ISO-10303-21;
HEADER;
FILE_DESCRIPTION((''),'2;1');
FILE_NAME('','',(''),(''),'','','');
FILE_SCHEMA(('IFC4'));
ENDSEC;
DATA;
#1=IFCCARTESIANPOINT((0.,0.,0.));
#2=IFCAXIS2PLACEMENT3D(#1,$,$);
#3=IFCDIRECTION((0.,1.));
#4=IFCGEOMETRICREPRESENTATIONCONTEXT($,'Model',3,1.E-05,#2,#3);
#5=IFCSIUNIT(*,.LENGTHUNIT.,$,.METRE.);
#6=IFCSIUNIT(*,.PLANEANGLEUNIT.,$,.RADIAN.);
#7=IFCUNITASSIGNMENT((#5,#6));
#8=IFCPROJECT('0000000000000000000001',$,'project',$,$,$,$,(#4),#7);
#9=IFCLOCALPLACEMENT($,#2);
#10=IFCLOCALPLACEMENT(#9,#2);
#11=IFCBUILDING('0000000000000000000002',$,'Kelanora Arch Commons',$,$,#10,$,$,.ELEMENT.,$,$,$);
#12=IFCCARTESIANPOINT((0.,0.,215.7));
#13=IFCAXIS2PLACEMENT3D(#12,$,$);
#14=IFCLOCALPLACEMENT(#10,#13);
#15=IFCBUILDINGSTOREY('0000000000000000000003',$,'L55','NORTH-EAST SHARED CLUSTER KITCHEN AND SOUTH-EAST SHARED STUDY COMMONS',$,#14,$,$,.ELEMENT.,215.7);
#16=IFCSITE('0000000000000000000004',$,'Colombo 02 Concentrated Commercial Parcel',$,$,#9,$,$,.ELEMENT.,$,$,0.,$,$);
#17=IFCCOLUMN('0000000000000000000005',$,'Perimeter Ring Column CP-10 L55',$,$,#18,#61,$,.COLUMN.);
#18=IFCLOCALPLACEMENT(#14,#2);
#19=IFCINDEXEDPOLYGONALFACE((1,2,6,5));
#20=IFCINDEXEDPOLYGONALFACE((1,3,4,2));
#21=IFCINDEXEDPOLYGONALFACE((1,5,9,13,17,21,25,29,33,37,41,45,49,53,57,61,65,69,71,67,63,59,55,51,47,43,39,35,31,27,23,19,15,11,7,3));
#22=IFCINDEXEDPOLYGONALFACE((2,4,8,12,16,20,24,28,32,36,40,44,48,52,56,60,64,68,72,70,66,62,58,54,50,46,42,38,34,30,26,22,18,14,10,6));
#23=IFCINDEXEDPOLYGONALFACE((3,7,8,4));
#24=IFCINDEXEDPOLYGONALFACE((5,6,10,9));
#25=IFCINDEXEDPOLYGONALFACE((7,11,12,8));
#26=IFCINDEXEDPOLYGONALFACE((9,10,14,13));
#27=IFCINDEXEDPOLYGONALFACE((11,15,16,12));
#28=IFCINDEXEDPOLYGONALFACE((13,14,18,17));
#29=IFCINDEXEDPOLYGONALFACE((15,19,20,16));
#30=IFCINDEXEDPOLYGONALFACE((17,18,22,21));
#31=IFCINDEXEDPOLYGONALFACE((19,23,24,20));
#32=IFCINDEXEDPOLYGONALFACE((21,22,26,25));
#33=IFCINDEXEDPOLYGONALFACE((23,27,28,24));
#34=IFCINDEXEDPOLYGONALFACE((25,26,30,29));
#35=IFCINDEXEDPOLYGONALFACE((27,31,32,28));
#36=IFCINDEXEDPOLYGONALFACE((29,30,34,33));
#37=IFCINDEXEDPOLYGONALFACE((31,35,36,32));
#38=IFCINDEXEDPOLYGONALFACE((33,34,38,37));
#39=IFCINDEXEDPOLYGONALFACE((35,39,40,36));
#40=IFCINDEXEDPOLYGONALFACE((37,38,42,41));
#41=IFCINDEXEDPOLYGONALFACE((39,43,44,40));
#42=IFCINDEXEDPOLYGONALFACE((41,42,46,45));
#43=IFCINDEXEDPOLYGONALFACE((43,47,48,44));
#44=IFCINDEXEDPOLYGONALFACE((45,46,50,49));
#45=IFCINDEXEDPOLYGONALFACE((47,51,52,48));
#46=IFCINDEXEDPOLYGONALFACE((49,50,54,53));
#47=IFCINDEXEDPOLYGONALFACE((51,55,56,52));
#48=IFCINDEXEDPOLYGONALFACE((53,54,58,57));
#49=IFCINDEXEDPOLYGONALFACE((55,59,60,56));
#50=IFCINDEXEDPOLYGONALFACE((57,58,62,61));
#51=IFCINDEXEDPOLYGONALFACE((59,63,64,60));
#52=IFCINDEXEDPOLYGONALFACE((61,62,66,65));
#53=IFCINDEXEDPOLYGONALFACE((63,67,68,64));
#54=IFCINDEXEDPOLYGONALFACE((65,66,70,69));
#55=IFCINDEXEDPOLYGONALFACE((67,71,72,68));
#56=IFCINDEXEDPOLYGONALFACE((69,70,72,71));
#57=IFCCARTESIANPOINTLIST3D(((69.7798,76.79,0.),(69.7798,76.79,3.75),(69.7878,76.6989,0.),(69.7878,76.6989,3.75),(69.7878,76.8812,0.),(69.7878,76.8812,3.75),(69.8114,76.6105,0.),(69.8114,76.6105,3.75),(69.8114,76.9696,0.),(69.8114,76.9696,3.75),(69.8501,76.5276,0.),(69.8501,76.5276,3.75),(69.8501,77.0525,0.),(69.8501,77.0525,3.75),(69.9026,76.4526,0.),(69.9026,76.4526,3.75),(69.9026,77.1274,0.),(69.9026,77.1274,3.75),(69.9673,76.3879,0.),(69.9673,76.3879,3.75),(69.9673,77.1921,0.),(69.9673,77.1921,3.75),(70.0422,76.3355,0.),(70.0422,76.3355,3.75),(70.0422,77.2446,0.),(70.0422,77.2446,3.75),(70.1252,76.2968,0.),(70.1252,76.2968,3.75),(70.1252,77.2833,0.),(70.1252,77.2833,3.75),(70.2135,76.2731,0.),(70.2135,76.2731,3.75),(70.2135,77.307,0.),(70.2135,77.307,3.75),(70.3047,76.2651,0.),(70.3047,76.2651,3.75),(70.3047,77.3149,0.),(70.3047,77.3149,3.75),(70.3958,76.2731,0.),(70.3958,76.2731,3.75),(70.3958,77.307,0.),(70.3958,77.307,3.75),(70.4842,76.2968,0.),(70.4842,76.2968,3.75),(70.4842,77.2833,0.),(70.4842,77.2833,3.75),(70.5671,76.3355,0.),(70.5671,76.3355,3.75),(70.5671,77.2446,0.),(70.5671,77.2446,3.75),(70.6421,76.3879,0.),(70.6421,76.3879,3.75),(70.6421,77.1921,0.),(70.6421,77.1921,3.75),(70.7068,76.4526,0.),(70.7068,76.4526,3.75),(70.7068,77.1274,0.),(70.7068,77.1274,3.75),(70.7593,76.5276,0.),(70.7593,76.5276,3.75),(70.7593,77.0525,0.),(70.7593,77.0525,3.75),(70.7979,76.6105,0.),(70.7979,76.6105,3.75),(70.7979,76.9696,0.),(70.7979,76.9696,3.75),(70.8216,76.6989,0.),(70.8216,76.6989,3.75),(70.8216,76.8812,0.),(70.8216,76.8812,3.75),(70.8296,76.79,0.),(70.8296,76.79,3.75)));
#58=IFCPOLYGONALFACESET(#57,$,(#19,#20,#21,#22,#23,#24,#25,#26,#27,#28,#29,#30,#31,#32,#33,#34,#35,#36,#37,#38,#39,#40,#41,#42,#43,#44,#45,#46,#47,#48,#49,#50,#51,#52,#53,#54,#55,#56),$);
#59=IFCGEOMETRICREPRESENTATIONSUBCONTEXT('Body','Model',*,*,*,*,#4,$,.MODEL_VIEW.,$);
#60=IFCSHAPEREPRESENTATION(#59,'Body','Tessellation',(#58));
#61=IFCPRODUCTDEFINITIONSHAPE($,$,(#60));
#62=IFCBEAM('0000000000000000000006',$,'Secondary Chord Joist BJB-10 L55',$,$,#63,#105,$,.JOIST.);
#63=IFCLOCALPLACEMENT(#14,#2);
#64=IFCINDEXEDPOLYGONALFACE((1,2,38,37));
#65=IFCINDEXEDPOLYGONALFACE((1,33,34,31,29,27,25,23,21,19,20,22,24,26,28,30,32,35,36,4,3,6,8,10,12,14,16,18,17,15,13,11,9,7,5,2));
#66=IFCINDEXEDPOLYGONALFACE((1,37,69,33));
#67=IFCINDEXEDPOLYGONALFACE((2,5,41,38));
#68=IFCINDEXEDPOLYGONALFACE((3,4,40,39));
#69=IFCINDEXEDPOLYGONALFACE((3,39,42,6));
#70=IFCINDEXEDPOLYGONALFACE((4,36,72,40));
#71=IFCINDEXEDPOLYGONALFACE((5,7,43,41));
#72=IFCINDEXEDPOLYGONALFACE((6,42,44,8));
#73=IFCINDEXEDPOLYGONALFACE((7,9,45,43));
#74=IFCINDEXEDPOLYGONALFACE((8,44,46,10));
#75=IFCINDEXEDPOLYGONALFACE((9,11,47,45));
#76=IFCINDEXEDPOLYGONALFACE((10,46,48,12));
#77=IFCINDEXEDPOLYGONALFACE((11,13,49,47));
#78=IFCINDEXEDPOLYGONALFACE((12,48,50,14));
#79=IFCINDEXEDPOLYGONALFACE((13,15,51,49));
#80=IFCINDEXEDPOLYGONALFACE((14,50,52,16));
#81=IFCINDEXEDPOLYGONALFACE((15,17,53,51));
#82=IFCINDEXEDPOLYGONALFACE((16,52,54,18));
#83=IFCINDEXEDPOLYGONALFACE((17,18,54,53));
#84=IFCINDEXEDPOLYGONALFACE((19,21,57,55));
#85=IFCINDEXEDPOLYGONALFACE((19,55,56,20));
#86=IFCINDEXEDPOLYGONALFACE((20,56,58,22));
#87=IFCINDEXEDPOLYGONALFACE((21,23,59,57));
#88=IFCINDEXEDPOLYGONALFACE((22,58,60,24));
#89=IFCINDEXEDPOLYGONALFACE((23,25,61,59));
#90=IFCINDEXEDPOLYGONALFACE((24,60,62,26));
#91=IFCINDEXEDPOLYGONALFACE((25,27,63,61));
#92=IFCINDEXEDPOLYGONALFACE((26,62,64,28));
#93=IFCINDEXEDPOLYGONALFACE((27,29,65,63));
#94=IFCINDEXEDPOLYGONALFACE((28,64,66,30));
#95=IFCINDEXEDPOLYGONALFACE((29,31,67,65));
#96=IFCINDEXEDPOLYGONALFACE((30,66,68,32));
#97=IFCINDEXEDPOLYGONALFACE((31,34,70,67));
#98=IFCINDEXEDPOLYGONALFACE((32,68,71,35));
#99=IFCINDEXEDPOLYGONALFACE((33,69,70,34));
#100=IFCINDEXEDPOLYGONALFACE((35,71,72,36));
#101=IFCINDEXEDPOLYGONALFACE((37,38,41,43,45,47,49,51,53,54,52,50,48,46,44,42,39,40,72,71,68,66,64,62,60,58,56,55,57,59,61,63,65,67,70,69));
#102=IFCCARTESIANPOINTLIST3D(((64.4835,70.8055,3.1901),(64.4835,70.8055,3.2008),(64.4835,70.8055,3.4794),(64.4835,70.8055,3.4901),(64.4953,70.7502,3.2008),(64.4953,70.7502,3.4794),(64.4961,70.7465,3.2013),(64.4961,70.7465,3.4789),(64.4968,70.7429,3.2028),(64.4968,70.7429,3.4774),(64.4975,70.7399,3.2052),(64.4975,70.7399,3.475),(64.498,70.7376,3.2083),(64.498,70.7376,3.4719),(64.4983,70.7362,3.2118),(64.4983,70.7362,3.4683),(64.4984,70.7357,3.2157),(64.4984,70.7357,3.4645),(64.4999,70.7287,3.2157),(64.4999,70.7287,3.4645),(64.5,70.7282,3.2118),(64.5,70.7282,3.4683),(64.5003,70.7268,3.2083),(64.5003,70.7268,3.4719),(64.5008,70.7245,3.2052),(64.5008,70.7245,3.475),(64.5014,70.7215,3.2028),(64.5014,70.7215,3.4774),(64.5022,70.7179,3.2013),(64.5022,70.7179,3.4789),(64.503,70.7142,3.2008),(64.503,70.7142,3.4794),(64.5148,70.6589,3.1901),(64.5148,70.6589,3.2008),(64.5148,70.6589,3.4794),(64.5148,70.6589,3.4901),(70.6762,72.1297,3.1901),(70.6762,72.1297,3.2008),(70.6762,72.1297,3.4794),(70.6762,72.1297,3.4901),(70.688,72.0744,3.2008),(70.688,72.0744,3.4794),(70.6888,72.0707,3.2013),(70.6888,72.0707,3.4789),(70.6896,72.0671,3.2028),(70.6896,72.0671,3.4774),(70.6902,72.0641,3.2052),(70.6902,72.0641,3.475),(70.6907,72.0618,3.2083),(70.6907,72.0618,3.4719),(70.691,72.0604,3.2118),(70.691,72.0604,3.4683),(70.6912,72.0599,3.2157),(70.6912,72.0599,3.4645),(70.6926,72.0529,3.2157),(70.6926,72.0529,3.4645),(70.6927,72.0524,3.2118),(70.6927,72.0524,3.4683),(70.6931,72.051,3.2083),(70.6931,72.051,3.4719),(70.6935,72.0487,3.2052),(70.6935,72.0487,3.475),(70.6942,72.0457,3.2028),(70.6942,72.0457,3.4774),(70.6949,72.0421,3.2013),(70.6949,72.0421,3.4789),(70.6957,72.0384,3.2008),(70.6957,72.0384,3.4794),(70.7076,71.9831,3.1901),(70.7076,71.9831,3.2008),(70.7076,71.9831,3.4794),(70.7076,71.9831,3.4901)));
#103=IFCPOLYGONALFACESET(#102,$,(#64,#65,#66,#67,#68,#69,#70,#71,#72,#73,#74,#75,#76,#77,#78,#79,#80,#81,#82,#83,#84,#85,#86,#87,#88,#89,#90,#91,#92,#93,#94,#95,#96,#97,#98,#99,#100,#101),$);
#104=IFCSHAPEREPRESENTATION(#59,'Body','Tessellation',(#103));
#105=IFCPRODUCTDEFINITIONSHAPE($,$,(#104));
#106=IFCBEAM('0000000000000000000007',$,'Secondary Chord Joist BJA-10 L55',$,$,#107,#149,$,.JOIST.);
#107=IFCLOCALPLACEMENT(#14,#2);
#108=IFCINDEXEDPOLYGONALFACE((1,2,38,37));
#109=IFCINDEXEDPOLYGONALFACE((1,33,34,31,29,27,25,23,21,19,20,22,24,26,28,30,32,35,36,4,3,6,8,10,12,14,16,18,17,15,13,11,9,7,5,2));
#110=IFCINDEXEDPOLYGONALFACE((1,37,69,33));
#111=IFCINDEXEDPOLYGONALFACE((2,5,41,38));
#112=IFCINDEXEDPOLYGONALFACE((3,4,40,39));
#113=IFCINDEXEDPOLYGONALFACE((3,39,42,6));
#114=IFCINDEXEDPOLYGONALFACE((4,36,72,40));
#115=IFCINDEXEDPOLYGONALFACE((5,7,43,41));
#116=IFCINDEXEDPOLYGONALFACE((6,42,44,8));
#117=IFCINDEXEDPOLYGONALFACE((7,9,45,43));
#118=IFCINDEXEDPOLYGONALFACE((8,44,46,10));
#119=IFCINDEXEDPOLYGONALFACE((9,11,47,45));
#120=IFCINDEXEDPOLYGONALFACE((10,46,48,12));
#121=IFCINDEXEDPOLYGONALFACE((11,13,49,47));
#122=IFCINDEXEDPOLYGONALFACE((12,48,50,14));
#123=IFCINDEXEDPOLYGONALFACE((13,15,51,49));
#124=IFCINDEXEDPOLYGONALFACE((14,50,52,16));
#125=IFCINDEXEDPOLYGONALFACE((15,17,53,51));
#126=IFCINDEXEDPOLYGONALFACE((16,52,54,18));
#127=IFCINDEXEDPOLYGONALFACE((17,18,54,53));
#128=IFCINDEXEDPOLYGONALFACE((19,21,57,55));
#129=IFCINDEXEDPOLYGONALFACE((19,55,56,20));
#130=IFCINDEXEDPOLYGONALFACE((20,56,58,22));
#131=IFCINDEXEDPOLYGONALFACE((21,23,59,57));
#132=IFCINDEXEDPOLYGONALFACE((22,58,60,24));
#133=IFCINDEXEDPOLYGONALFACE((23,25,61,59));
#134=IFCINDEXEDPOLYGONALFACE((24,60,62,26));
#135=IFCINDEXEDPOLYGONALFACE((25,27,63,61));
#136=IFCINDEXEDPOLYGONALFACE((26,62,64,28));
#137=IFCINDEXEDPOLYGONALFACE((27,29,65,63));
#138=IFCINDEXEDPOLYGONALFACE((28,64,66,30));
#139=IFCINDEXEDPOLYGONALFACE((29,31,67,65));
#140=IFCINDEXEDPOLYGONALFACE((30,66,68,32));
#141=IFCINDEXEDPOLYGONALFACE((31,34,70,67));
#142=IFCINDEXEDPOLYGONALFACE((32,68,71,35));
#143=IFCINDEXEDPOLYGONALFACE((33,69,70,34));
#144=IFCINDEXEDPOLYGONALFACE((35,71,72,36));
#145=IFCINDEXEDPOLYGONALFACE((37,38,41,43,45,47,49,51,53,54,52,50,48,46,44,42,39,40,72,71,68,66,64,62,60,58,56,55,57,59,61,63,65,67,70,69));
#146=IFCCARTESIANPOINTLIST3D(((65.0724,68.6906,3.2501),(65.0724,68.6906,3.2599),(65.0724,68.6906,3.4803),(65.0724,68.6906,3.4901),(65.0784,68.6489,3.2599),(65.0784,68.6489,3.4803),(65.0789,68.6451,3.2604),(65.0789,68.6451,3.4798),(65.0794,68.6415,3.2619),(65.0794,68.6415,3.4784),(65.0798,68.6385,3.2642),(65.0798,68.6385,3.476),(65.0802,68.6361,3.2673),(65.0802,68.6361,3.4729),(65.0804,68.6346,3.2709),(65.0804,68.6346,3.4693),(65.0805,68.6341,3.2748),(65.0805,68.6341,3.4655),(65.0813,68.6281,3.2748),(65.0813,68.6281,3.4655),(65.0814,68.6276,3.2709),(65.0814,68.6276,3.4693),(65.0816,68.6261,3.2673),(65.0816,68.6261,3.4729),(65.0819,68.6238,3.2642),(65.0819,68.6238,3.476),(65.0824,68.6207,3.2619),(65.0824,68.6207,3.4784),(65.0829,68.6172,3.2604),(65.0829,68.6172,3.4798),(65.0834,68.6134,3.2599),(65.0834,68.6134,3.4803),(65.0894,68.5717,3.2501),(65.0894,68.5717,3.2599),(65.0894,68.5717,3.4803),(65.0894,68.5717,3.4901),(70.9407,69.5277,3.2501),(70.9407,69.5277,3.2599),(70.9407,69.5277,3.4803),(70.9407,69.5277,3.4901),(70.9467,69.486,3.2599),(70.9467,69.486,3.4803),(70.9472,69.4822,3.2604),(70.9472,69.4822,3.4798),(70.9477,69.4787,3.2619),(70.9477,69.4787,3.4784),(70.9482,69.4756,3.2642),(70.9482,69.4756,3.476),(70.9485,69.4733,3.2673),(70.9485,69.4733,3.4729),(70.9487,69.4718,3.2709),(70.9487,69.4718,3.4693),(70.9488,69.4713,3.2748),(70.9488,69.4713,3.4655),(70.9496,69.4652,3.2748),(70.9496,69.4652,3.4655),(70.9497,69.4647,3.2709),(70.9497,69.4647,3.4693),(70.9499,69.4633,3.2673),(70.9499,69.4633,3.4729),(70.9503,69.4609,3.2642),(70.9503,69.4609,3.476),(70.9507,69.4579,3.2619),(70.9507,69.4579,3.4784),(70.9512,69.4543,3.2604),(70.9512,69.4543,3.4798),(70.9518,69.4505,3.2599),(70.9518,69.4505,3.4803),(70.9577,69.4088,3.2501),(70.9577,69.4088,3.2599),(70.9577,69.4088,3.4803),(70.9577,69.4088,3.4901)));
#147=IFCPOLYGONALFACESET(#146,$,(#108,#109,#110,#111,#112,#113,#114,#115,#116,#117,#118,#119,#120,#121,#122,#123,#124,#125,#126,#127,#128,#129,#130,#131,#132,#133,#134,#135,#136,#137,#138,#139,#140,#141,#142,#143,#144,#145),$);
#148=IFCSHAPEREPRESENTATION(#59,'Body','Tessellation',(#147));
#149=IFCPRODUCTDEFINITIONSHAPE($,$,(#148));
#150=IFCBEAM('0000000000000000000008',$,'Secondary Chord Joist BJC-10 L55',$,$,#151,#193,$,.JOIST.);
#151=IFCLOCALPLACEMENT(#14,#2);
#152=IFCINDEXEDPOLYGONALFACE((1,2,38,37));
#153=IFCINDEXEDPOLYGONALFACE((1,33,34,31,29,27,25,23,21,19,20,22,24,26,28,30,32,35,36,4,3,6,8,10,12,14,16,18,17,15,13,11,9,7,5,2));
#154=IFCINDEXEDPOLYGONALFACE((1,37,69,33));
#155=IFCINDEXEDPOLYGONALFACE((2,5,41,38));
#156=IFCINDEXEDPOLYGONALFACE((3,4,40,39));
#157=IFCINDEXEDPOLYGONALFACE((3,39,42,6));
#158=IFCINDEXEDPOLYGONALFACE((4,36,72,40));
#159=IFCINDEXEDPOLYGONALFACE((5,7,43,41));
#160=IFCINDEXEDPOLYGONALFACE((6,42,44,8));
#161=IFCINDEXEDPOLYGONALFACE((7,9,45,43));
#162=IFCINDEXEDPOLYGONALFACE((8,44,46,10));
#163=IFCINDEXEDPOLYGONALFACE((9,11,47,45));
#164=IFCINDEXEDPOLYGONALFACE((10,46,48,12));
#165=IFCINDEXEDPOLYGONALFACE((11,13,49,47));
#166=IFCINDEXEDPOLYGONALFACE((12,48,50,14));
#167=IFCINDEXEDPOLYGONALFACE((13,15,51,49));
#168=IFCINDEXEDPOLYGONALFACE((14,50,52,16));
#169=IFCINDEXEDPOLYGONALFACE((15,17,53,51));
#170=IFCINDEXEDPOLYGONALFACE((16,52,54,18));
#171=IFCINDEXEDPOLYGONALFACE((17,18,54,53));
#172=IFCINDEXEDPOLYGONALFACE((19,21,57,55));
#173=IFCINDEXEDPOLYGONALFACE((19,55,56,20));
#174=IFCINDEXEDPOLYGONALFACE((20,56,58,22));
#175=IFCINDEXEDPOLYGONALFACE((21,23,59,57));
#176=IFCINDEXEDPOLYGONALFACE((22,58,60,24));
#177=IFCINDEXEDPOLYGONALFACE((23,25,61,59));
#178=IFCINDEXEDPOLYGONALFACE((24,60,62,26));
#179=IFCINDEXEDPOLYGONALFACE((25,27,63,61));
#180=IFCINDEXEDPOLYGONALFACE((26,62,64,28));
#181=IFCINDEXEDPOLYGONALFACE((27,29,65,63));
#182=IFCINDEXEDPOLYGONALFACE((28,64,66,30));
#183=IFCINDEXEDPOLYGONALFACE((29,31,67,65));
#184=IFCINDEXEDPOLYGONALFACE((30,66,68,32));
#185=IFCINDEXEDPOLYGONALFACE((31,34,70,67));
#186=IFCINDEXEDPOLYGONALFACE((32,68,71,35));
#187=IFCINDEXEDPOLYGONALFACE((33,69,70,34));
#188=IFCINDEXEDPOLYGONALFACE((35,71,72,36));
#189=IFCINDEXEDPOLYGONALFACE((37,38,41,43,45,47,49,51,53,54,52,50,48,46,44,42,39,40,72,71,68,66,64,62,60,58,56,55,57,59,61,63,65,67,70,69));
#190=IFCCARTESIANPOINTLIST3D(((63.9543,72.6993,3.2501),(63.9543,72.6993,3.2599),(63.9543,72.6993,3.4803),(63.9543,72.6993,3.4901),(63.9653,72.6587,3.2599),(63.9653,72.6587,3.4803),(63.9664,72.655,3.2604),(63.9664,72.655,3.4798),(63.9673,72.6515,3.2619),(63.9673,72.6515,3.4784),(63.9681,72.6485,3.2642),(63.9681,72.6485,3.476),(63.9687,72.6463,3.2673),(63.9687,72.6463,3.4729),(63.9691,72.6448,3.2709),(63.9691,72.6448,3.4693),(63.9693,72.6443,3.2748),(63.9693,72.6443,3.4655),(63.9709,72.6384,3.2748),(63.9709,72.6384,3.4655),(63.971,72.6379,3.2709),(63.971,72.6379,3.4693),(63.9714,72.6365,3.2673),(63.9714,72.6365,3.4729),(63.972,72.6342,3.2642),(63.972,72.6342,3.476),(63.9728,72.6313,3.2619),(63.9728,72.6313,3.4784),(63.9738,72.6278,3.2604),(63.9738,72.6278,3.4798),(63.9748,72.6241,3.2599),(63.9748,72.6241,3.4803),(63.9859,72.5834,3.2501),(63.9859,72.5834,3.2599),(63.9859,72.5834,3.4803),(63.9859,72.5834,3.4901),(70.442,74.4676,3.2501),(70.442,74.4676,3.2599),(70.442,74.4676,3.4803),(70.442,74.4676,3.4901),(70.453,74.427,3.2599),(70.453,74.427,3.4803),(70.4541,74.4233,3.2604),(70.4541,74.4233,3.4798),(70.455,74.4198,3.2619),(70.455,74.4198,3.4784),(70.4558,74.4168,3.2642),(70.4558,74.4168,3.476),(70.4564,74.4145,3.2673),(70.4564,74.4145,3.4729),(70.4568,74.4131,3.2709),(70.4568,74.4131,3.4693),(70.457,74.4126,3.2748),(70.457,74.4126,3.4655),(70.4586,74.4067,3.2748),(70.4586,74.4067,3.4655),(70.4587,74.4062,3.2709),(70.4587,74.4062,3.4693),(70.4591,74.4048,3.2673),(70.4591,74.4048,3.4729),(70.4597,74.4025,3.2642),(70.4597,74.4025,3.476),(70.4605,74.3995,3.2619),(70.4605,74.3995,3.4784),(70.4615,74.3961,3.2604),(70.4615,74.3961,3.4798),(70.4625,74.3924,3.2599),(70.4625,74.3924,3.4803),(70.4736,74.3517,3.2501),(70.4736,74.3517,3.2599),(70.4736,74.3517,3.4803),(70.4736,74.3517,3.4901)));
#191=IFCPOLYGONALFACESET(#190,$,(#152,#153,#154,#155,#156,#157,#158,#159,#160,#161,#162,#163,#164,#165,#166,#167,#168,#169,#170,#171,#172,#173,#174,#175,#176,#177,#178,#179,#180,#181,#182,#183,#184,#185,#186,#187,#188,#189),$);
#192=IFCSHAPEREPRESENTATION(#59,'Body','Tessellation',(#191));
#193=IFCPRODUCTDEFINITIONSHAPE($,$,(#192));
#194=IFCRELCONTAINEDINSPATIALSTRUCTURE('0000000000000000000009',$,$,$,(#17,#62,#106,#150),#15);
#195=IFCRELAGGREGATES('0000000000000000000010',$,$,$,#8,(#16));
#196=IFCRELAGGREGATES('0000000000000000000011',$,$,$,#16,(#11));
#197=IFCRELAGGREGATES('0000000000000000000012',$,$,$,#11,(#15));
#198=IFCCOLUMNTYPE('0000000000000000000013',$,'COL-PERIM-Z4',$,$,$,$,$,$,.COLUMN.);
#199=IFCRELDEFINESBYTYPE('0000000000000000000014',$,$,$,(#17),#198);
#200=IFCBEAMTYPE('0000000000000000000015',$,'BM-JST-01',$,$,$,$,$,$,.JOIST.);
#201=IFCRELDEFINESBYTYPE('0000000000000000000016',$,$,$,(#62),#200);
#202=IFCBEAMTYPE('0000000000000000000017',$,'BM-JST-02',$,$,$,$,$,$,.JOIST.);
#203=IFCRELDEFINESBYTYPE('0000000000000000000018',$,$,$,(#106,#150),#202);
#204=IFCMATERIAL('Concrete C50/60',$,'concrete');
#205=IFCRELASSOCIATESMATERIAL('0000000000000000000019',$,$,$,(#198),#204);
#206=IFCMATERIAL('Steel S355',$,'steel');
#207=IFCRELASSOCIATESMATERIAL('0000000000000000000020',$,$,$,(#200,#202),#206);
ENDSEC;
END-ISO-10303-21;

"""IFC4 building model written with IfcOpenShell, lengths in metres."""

from ifc_helpers import new_model, si_unit, direction, frame, origin, origin_2d, place, context, subcontext, project, spatial, circle, i_section, extrude, material, material_profile, profile_set, type_object, element, save


model = new_model("IFC4")

# Units and contexts
model_context = context("Model", 3, precision=1e-05, world=origin(), true_north=direction((0.0, 1.0)))
body_context = subcontext(model_context, "Body", "Model", "MODEL_VIEW")
ifc_project = project(units=[si_unit("LENGTHUNIT", "METRE"), si_unit("PLANEANGLEUNIT", "RADIAN")], contexts=[model_context])

# Site, building, storey
site_placement = place(None, origin())
site = spatial("IfcSite", under=ifc_project, at=site_placement, Name="Colombo 02 Concentrated Commercial Parcel", CompositionType="ELEMENT", RefElevation=0.0)
building_placement = place(site_placement, origin())
building = spatial("IfcBuilding", under=site, at=building_placement, Name="Kelanora Arch Commons", CompositionType="ELEMENT")
storey_placement = place(building_placement, frame((0.0, 0.0, 215.7)))
storey = spatial("IfcBuildingStorey", under=building, at=storey_placement, Name="L55", Description="NORTH-EAST SHARED CLUSTER KITCHEN AND SOUTH-EAST SHARED STUDY COMMONS", CompositionType="ELEMENT", Elevation=215.7)

# Column
ifc_material_1 = material(Name="Concrete C50/60", Category="concrete")
ifc_material_profile_1 = material_profile(ifc_material_1, circle(Radius=0.5249, at=origin_2d()), Name="RCC1050")
ifc_profile_set_1 = profile_set([ifc_material_profile_1], Name="Concrete C50/60")
column_type = type_object("IfcColumnType", Name="COL-PERIM-Z4", PredefinedType="COLUMN", material=ifc_profile_set_1)
column_placement = place(storey_placement, frame((70.3047, 76.79, 0.0), z_axis=(0.0, 0.0, 1.0), x_axis=(1.0, 0.0, 0.0)))
element("IfcColumn", 1, at=column_placement, inside=storey, type_object=column_type, Name="Perimeter Ring Column CP-10 L55", PredefinedType="COLUMN", context=body_context, shape_type="SweptSolid", body=[
    extrude(circle(Radius=0.5249, at=origin_2d()), origin(), (0.0, 0.0, 1.0), 3.75),
])

# Beams
ifc_material_2 = material(Name="Steel S355", Category="steel")
ifc_material_profile_2 = material_profile(ifc_material_2, i_section(OverallWidth=0.1499, OverallDepth=0.3, WebThickness=0.0071, FlangeThickness=0.0107, FilletRadius=0.0149, at=origin_2d()), Name="IPE300")
ifc_profile_set_2 = profile_set([ifc_material_profile_2], Name="Steel S355")
beam_type_1 = type_object("IfcBeamType", Name="BM-JST-01", PredefinedType="JOIST", material=ifc_profile_set_2)
beam_1_placement = place(storey_placement, frame((70.6919, 72.0564, 3.3401), z_axis=(-0.977894, -0.209103, 0.0), x_axis=(0.209103, -0.977894, 0.0)))
element("IfcBeam", 2, at=beam_1_placement, inside=storey, type_object=beam_type_1, Name="Secondary Chord Joist BJB-10 L55", PredefinedType="JOIST", context=body_context, shape_type="SweptSolid", body=[
    extrude(i_section(OverallWidth=0.1499, OverallDepth=0.3, WebThickness=0.0071, FlangeThickness=0.0107, FilletRadius=0.0149, at=origin_2d()), origin(), (0.0, 0.0, 1.0), 6.3328),
])
ifc_material_profile_3 = material_profile(ifc_material_2, i_section(OverallWidth=0.1201, OverallDepth=0.24, WebThickness=0.0061, FlangeThickness=0.0098, FilletRadius=0.0149, at=origin_2d()), Name="IPE240")
ifc_profile_set_3 = profile_set([ifc_material_profile_3], Name="Steel S355")
beam_type_2 = type_object("IfcBeamType", Name="BM-JST-02", PredefinedType="JOIST", material=ifc_profile_set_3)
beam_2_placement = place(storey_placement, frame((70.9492, 69.4683, 3.3701), z_axis=(-0.989977, -0.141225, 0.0), x_axis=(0.141225, -0.989977, 0.0)))
element("IfcBeam", 3, at=beam_2_placement, inside=storey, type_object=beam_type_2, Name="Secondary Chord Joist BJA-10 L55", PredefinedType="JOIST", context=body_context, shape_type="SweptSolid", body=[
    extrude(i_section(OverallWidth=0.1201, OverallDepth=0.24, WebThickness=0.0061, FlangeThickness=0.0098, FilletRadius=0.0149, at=origin_2d()), origin(), (0.0, 0.0, 1.0), 5.9277),
])
beam_3_placement = place(storey_placement, frame((70.4578, 74.4097, 3.3701), z_axis=(-0.964805, -0.262967, 0.0), x_axis=(0.262967, -0.964805, 0.0)))
element("IfcBeam", 4, at=beam_3_placement, inside=storey, type_object=beam_type_2, Name="Secondary Chord Joist BJC-10 L55", PredefinedType="JOIST", context=body_context, shape_type="SweptSolid", body=[
    extrude(i_section(OverallWidth=0.1201, OverallDepth=0.24, WebThickness=0.0061, FlangeThickness=0.0098, FilletRadius=0.0149, at=origin_2d()), origin(), (0.0, 0.0, 1.0), 6.7244),
])

save(model, "model.ifc")
